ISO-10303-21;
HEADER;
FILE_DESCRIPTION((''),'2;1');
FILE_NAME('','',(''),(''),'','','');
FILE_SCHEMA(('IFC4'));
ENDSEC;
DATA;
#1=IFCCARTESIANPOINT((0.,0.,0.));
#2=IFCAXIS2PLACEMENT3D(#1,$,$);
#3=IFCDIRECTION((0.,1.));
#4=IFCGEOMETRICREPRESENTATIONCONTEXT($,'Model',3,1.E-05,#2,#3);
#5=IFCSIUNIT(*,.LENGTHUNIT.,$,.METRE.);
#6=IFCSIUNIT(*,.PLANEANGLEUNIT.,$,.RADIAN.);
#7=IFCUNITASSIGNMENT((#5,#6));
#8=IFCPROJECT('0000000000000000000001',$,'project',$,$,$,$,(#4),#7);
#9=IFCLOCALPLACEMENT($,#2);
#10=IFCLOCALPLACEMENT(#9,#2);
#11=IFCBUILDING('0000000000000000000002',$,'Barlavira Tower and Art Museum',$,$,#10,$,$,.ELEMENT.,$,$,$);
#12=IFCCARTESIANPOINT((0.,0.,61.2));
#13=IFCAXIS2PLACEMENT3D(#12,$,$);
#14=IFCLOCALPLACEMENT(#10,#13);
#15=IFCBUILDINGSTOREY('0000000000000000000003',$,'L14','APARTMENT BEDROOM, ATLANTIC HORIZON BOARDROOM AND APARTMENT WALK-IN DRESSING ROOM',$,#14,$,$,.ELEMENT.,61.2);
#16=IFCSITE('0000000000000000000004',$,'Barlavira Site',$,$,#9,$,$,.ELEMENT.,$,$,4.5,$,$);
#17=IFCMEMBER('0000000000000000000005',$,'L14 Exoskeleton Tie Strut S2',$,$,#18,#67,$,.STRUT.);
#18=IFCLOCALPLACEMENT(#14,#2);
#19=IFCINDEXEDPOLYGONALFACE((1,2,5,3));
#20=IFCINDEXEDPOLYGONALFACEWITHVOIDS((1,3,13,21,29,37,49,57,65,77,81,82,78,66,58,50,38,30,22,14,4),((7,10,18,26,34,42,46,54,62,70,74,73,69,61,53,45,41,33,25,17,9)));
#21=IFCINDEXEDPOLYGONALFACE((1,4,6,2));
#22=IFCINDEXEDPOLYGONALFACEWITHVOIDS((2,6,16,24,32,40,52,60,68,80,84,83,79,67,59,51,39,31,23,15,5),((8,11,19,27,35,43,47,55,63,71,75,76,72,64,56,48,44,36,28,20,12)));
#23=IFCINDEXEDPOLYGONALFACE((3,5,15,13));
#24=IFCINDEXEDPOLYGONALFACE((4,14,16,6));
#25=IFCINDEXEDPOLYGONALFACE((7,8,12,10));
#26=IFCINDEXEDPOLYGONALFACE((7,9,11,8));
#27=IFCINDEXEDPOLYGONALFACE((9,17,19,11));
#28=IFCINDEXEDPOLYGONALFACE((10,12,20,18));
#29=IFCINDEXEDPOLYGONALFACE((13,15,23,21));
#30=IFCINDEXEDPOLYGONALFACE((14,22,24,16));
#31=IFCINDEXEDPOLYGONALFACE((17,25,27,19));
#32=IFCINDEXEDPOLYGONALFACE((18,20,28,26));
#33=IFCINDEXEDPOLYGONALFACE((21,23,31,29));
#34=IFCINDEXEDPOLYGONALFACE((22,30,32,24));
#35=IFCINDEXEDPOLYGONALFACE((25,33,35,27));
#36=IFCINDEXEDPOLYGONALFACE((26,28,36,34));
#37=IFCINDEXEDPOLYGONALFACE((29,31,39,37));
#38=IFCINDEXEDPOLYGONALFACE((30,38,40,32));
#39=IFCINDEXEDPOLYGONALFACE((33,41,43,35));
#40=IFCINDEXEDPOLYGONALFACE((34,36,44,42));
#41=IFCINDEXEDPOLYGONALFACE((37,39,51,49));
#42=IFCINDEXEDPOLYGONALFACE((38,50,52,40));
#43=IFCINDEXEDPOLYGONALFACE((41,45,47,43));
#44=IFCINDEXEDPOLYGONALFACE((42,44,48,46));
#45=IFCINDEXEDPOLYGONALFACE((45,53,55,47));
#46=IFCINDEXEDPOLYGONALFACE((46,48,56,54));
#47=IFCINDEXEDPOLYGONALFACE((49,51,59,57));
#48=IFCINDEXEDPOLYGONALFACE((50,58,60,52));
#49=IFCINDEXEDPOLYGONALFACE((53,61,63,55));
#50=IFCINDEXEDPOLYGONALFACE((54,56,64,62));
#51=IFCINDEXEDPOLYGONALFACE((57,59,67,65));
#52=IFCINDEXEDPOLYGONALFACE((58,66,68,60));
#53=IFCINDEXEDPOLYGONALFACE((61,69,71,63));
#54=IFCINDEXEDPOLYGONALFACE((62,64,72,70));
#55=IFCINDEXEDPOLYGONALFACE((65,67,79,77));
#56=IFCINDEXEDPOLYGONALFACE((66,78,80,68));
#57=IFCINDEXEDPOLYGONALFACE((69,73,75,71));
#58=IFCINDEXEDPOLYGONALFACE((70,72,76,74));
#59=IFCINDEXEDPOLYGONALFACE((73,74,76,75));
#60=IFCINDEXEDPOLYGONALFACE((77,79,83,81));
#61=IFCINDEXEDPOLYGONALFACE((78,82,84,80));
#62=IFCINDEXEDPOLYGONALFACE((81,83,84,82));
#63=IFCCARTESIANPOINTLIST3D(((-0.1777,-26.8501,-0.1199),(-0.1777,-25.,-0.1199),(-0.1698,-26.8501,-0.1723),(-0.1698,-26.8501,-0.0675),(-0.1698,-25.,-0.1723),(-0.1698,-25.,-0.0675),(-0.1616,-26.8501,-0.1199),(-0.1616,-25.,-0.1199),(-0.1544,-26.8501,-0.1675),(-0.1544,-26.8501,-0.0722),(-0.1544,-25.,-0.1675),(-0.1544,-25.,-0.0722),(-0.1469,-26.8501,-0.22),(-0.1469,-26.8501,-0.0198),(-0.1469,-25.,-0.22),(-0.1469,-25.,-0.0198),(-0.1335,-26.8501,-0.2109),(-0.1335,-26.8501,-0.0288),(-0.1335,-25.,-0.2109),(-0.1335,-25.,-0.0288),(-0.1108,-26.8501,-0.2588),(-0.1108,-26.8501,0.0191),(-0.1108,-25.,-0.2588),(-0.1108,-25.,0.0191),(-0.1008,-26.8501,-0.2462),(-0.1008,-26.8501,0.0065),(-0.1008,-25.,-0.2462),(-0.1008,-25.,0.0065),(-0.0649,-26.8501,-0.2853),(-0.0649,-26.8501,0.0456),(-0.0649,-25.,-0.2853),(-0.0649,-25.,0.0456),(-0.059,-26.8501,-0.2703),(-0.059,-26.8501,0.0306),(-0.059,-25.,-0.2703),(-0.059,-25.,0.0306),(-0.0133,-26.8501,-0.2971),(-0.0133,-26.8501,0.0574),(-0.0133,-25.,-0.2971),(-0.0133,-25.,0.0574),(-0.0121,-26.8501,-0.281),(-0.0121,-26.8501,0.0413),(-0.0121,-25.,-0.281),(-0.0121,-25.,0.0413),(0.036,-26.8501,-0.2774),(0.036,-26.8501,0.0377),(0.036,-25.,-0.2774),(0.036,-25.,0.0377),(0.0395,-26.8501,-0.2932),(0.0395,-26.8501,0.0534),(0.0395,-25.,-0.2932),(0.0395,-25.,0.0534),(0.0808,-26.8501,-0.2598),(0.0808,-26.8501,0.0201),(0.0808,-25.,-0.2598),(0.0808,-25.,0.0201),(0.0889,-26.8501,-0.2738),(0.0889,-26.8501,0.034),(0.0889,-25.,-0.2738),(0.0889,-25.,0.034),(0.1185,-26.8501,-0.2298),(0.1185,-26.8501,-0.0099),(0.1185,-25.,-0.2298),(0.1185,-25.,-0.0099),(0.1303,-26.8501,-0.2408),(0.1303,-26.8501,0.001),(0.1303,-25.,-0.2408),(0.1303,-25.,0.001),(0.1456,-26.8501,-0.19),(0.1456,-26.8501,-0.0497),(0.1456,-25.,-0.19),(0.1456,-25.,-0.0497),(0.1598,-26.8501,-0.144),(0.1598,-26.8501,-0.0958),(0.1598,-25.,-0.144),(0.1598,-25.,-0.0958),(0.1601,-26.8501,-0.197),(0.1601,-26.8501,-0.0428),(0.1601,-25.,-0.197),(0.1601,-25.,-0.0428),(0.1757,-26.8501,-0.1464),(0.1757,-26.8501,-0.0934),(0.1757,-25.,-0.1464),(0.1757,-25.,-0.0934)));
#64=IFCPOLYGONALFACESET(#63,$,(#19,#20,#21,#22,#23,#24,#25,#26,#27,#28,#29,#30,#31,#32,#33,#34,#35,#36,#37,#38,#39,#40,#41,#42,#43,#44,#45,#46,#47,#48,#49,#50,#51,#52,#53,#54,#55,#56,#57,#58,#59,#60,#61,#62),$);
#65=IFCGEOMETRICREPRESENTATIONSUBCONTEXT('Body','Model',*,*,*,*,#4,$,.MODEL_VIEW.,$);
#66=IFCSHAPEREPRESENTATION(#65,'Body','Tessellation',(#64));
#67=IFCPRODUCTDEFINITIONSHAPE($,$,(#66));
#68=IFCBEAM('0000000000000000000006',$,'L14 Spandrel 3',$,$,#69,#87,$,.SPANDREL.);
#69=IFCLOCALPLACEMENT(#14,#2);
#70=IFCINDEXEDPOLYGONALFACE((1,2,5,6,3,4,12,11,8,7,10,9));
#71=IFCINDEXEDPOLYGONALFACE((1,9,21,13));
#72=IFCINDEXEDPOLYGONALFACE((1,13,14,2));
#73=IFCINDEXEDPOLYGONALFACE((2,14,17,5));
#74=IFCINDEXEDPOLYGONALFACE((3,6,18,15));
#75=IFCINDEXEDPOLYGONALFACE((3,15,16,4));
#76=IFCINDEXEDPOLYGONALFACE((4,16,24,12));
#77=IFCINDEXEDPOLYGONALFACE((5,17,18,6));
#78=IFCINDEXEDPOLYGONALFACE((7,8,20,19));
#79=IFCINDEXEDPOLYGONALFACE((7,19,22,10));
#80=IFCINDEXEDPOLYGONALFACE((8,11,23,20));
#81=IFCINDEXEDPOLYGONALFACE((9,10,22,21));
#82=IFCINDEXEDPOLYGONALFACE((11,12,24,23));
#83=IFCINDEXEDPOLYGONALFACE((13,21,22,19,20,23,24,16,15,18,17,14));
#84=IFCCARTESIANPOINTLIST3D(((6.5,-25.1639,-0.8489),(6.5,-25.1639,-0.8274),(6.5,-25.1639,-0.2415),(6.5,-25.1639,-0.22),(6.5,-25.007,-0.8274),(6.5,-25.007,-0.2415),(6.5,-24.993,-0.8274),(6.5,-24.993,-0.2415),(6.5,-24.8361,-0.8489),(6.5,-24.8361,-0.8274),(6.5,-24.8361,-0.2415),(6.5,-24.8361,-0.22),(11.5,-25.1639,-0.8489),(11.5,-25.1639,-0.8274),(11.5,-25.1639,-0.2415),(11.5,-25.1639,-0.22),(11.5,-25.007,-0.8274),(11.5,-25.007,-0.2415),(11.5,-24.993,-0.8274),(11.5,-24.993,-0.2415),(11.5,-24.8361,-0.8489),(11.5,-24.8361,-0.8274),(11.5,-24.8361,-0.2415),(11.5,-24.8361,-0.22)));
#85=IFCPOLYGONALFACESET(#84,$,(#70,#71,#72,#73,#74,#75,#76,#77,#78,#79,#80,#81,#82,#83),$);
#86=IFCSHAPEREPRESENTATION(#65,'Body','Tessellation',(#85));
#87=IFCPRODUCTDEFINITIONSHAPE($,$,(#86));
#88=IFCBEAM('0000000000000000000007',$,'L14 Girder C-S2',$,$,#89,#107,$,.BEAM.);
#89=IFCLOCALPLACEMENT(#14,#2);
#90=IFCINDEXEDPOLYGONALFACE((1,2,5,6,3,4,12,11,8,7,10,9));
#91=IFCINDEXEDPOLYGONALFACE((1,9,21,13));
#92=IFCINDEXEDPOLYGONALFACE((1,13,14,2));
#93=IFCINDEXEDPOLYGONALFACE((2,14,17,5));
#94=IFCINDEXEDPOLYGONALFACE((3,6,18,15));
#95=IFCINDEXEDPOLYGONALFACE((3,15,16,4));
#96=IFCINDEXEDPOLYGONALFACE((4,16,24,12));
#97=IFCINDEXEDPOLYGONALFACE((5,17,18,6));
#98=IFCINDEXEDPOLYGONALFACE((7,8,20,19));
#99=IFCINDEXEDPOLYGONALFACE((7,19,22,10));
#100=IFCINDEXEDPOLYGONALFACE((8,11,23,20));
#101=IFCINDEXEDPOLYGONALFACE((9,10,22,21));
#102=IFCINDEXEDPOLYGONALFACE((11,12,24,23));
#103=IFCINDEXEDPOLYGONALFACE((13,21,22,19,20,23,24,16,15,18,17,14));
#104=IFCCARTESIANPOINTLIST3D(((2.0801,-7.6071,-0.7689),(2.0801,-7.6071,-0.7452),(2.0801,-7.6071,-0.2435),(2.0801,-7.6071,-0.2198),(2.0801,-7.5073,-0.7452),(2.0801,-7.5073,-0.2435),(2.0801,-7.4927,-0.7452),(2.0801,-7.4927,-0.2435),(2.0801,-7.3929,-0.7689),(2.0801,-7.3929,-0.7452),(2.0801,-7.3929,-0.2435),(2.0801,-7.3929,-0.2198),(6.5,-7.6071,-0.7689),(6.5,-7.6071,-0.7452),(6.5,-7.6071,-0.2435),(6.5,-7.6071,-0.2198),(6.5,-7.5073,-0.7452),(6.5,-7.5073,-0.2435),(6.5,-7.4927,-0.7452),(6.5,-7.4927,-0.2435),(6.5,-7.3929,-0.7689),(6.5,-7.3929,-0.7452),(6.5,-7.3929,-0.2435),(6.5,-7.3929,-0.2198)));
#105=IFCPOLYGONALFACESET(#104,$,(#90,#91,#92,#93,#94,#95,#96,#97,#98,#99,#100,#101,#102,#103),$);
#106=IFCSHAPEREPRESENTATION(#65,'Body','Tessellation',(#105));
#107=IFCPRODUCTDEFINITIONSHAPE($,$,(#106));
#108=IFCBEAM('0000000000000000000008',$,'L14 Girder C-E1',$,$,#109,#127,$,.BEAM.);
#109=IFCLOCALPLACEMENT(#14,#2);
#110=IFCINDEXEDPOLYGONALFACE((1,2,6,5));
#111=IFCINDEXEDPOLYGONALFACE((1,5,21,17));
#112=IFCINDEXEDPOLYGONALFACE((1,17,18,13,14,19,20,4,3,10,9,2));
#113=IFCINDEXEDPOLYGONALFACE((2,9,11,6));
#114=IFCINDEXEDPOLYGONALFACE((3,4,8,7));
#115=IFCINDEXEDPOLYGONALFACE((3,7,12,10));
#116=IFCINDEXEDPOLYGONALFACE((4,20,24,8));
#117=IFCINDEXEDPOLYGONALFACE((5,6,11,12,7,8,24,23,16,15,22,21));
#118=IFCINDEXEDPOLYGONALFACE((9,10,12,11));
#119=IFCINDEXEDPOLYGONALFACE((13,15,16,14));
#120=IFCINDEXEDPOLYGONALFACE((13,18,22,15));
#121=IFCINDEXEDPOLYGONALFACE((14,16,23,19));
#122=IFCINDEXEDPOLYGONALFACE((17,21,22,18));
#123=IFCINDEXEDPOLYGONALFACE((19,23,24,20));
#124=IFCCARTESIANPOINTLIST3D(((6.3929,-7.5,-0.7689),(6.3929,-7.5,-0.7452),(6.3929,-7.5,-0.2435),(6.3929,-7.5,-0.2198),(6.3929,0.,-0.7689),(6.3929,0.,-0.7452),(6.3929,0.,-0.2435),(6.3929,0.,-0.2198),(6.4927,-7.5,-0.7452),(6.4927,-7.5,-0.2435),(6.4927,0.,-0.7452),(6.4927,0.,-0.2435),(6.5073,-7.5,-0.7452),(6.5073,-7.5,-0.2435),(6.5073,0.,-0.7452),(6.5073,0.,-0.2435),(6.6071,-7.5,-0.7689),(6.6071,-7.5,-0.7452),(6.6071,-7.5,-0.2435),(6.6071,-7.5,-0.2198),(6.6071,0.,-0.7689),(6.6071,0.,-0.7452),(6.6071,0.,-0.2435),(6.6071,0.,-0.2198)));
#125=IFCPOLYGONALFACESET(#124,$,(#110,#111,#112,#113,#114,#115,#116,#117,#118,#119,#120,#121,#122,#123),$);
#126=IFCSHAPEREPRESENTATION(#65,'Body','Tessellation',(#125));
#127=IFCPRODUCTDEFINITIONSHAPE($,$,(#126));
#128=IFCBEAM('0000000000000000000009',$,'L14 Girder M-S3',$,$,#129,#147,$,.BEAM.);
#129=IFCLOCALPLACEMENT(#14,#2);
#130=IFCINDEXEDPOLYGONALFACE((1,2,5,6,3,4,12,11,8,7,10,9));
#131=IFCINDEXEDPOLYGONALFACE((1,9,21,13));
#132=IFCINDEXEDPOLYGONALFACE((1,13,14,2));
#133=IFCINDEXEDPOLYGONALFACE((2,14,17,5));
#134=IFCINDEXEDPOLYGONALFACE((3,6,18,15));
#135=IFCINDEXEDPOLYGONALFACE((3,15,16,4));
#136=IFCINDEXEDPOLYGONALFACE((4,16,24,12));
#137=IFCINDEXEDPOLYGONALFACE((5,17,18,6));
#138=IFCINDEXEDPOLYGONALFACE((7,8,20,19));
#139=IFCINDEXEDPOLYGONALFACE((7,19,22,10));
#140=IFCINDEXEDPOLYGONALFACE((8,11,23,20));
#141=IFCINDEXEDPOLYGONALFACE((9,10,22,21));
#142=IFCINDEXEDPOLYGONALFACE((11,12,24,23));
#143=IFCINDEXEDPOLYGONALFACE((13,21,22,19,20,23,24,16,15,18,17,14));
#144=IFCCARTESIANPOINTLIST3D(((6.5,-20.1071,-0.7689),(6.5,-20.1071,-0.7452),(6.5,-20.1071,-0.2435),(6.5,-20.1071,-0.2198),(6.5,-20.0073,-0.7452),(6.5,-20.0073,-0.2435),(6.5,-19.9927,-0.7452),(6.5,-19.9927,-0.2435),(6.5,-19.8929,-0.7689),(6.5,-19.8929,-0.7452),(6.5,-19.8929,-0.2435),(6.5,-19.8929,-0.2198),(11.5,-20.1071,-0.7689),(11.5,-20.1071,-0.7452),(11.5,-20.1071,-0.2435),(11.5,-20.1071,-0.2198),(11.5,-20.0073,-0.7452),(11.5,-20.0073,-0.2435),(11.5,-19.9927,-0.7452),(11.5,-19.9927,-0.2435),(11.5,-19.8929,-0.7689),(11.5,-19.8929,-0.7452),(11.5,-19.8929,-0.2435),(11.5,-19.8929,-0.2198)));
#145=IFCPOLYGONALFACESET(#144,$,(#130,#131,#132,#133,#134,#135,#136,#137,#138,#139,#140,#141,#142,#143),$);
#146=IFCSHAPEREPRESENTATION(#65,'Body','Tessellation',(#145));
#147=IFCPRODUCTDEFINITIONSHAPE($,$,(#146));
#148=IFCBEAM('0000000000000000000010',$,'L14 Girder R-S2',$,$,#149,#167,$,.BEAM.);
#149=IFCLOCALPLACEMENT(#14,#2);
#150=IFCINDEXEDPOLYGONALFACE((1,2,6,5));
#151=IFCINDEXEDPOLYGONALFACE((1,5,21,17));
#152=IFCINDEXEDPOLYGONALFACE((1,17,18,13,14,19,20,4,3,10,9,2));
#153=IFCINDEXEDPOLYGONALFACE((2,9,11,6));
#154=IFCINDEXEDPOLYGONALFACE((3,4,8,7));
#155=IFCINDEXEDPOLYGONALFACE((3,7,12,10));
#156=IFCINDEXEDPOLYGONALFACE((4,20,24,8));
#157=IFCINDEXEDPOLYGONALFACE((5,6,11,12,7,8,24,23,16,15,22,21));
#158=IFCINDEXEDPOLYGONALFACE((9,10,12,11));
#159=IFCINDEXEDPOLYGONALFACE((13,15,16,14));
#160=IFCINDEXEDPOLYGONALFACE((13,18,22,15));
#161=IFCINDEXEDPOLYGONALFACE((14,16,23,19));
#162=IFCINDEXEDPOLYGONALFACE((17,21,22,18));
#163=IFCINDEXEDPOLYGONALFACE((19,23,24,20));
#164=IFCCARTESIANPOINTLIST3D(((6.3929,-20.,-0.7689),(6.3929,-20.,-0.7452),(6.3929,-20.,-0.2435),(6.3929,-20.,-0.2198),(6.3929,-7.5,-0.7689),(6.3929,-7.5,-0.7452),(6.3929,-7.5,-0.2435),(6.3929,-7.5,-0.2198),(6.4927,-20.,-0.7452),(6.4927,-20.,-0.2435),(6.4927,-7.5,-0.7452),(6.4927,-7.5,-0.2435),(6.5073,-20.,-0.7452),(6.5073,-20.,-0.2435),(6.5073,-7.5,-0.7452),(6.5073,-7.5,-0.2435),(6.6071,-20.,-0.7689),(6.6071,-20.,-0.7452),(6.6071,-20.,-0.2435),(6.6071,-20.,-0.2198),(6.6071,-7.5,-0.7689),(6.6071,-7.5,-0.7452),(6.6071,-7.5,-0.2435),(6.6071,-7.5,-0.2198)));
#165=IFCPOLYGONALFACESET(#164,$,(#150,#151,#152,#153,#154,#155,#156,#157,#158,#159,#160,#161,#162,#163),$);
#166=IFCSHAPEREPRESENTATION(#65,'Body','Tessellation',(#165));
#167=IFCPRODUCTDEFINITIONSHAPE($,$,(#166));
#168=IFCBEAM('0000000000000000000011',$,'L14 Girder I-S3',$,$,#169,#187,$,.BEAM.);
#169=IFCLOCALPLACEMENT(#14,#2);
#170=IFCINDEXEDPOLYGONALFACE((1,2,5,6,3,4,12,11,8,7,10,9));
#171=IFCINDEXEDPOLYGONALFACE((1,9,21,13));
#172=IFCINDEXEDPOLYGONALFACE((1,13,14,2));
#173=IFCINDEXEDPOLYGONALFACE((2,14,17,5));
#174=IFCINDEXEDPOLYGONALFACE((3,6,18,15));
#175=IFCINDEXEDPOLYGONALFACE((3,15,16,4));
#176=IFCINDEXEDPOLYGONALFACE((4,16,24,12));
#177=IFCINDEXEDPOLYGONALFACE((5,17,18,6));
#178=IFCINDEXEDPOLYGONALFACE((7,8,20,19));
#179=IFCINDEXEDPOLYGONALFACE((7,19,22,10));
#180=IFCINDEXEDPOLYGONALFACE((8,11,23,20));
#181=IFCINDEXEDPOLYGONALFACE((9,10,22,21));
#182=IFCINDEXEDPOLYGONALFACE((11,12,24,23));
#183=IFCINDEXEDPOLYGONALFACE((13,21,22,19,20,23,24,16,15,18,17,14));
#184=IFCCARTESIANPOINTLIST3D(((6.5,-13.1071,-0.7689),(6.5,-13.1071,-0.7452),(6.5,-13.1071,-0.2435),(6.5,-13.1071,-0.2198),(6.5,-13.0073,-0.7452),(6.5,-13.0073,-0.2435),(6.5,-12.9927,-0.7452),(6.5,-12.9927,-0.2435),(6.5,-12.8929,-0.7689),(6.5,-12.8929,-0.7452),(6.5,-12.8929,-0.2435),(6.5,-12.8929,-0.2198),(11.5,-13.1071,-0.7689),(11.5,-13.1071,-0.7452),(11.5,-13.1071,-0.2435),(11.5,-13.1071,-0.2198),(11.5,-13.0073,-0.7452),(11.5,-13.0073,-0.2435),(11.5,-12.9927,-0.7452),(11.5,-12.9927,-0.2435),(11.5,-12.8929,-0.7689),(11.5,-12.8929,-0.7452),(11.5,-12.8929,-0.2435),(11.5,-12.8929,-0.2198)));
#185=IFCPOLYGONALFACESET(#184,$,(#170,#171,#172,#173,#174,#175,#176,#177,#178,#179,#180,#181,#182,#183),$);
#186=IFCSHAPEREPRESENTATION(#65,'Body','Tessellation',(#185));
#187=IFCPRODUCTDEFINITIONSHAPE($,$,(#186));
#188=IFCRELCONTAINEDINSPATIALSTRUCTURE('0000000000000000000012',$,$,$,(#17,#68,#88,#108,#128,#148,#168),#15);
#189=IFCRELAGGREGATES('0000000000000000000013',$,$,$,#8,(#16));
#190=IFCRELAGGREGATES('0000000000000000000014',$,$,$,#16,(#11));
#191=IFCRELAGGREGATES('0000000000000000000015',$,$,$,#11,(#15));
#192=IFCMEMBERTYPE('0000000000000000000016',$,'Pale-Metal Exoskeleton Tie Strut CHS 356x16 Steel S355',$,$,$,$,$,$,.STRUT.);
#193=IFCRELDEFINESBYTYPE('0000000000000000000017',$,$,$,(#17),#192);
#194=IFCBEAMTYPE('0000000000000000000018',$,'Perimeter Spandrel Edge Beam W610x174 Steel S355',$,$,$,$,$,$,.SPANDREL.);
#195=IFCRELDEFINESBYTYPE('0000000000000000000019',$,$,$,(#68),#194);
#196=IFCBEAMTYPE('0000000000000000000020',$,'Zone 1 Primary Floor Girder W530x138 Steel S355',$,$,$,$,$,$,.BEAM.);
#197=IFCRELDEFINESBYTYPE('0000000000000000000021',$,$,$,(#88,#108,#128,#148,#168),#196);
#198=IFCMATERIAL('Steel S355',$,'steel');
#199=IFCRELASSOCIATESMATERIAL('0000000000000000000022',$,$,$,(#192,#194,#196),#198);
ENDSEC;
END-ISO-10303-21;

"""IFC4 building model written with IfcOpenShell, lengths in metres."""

from ifc_helpers import new_model, si_unit, direction, frame, origin, origin_2d, place, context, subcontext, project, spatial, hollow_circle, i_section, extrude, material, material_profile, profile_set, type_object, element, save


model = new_model("IFC4")

# Units and contexts
model_context = context("Model", 3, precision=1e-05, world=origin(), true_north=direction((0.0, 1.0)))
body_context = subcontext(model_context, "Body", "Model", "MODEL_VIEW")
ifc_project = project(units=[si_unit("LENGTHUNIT", "METRE"), si_unit("PLANEANGLEUNIT", "RADIAN")], contexts=[model_context])

# Site, building, storey
site_placement = place(None, origin())
site = spatial("IfcSite", under=ifc_project, at=site_placement, Name="Barlavira Site", CompositionType="ELEMENT", RefElevation=4.5)
building_placement = place(site_placement, origin())
building = spatial("IfcBuilding", under=site, at=building_placement, Name="Barlavira Tower and Art Museum", CompositionType="ELEMENT")
storey_placement = place(building_placement, frame((0.0, 0.0, 61.2)))
storey = spatial("IfcBuildingStorey", under=building, at=storey_placement, Name="L14", Description="APARTMENT BEDROOM, ATLANTIC HORIZON BOARDROOM AND APARTMENT WALK-IN DRESSING ROOM", CompositionType="ELEMENT", Elevation=61.2)

# Shared definitions
ifc_material_1 = material(Name="Steel S355", Category="steel")

# Member
ifc_material_profile_1 = material_profile(ifc_material_1, hollow_circle(Radius=0.1777, WallThickness=0.0161, at=origin_2d()), Name="CHS 355.6x16.0")
ifc_profile_set_1 = profile_set([ifc_material_profile_1], Name="Steel S355")
member_type_1 = type_object("IfcMemberType", Name="Pale-Metal Exoskeleton Tie Strut CHS 356x16 Steel S355", PredefinedType="STRUT", material=ifc_profile_set_1)
member_1_placement = place(storey_placement, frame((0.0, -26.8501, -0.1199), z_axis=(0.0, 1.0, 0.0), x_axis=(-1.0, 0.0, 0.0)))
element("IfcMember", 1, at=member_1_placement, inside=storey, type_object=member_type_1, Name="L14 Exoskeleton Tie Strut S2", PredefinedType="STRUT", context=body_context, shape_type="SweptSolid", body=[
    extrude(hollow_circle(Radius=0.1777, WallThickness=0.0161, at=origin_2d()), origin(), (0.0, 0.0, 1.0), 1.8501),
])

# Beams
ifc_material_profile_2 = material_profile(ifc_material_1, i_section(OverallWidth=0.3279, OverallDepth=0.6289, WebThickness=0.0139, FlangeThickness=0.0215, at=origin_2d()), Name="W610x174.0")
ifc_profile_set_2 = profile_set([ifc_material_profile_2], Name="Steel S355")
beam_type_1 = type_object("IfcBeamType", Name="Perimeter Spandrel Edge Beam W610x174 Steel S355", PredefinedType="SPANDREL", material=ifc_profile_set_2)
beam_1_placement = place(storey_placement, frame((6.5, -25.0, -0.5344), z_axis=(1.0, 0.0, 0.0), x_axis=(0.0, 1.0, 0.0)))
element("IfcBeam", 2, at=beam_1_placement, inside=storey, type_object=beam_type_1, Name="L14 Spandrel 3", PredefinedType="SPANDREL", context=body_context, shape_type="SweptSolid", body=[
    extrude(i_section(OverallWidth=0.3279, OverallDepth=0.6289, WebThickness=0.0139, FlangeThickness=0.0215, at=origin_2d()), origin(), (0.0, 0.0, 1.0), 5.0),
])
ifc_material_profile_3 = material_profile(ifc_material_1, i_section(OverallWidth=0.2141, OverallDepth=0.5491, WebThickness=0.0146, FlangeThickness=0.0237, at=origin_2d()), Name="W530x138.0")
ifc_profile_set_3 = profile_set([ifc_material_profile_3], Name="Steel S355")
beam_type_2 = type_object("IfcBeamType", Name="Zone 1 Primary Floor Girder W530x138 Steel S355", PredefinedType="BEAM", material=ifc_profile_set_3)
beam_2_placement = place(storey_placement, frame((2.0801, -7.5, -0.4944), z_axis=(1.0, 0.0, 0.0), x_axis=(0.0, 1.0, 0.0)))
element("IfcBeam", 3, at=beam_2_placement, inside=storey, type_object=beam_type_2, Name="L14 Girder C-S2", PredefinedType="BEAM", context=body_context, shape_type="SweptSolid", body=[
    extrude(i_section(OverallWidth=0.2141, OverallDepth=0.5491, WebThickness=0.0146, FlangeThickness=0.0237, at=origin_2d()), origin(), (0.0, 0.0, 1.0), 4.4199),
])
beam_3_placement = place(storey_placement, frame((6.5, -7.5, -0.4944), z_axis=(0.0, 1.0, 0.0), x_axis=(-1.0, 0.0, 0.0)))
element("IfcBeam", 4, at=beam_3_placement, inside=storey, type_object=beam_type_2, Name="L14 Girder C-E1", PredefinedType="BEAM", context=body_context, shape_type="SweptSolid", body=[
    extrude(i_section(OverallWidth=0.2141, OverallDepth=0.5491, WebThickness=0.0146, FlangeThickness=0.0237, at=origin_2d()), origin(), (0.0, 0.0, 1.0), 7.5),
])
beam_4_placement = place(storey_placement, frame((6.5, -20.0, -0.4944), z_axis=(1.0, 0.0, 0.0), x_axis=(0.0, 1.0, 0.0)))
element("IfcBeam", 5, at=beam_4_placement, inside=storey, type_object=beam_type_2, Name="L14 Girder M-S3", PredefinedType="BEAM", context=body_context, shape_type="SweptSolid", body=[
    extrude(i_section(OverallWidth=0.2141, OverallDepth=0.5491, WebThickness=0.0146, FlangeThickness=0.0237, at=origin_2d()), origin(), (0.0, 0.0, 1.0), 5.0),
])
beam_5_placement = place(storey_placement, frame((6.5, -20.0, -0.4944), z_axis=(0.0, 1.0, 0.0), x_axis=(-1.0, 0.0, 0.0)))
element("IfcBeam", 6, at=beam_5_placement, inside=storey, type_object=beam_type_2, Name="L14 Girder R-S2", PredefinedType="BEAM", context=body_context, shape_type="SweptSolid", body=[
    extrude(i_section(OverallWidth=0.2141, OverallDepth=0.5491, WebThickness=0.0146, FlangeThickness=0.0237, at=origin_2d()), origin(), (0.0, 0.0, 1.0), 12.5),
])
beam_6_placement = place(storey_placement, frame((6.5, -13.0, -0.4944), z_axis=(1.0, 0.0, 0.0), x_axis=(0.0, 1.0, 0.0)))
element("IfcBeam", 7, at=beam_6_placement, inside=storey, type_object=beam_type_2, Name="L14 Girder I-S3", PredefinedType="BEAM", context=body_context, shape_type="SweptSolid", body=[
    extrude(i_section(OverallWidth=0.2141, OverallDepth=0.5491, WebThickness=0.0146, FlangeThickness=0.0237, at=origin_2d()), origin(), (0.0, 0.0, 1.0), 5.0),
])

save(model, "model.ifc")
